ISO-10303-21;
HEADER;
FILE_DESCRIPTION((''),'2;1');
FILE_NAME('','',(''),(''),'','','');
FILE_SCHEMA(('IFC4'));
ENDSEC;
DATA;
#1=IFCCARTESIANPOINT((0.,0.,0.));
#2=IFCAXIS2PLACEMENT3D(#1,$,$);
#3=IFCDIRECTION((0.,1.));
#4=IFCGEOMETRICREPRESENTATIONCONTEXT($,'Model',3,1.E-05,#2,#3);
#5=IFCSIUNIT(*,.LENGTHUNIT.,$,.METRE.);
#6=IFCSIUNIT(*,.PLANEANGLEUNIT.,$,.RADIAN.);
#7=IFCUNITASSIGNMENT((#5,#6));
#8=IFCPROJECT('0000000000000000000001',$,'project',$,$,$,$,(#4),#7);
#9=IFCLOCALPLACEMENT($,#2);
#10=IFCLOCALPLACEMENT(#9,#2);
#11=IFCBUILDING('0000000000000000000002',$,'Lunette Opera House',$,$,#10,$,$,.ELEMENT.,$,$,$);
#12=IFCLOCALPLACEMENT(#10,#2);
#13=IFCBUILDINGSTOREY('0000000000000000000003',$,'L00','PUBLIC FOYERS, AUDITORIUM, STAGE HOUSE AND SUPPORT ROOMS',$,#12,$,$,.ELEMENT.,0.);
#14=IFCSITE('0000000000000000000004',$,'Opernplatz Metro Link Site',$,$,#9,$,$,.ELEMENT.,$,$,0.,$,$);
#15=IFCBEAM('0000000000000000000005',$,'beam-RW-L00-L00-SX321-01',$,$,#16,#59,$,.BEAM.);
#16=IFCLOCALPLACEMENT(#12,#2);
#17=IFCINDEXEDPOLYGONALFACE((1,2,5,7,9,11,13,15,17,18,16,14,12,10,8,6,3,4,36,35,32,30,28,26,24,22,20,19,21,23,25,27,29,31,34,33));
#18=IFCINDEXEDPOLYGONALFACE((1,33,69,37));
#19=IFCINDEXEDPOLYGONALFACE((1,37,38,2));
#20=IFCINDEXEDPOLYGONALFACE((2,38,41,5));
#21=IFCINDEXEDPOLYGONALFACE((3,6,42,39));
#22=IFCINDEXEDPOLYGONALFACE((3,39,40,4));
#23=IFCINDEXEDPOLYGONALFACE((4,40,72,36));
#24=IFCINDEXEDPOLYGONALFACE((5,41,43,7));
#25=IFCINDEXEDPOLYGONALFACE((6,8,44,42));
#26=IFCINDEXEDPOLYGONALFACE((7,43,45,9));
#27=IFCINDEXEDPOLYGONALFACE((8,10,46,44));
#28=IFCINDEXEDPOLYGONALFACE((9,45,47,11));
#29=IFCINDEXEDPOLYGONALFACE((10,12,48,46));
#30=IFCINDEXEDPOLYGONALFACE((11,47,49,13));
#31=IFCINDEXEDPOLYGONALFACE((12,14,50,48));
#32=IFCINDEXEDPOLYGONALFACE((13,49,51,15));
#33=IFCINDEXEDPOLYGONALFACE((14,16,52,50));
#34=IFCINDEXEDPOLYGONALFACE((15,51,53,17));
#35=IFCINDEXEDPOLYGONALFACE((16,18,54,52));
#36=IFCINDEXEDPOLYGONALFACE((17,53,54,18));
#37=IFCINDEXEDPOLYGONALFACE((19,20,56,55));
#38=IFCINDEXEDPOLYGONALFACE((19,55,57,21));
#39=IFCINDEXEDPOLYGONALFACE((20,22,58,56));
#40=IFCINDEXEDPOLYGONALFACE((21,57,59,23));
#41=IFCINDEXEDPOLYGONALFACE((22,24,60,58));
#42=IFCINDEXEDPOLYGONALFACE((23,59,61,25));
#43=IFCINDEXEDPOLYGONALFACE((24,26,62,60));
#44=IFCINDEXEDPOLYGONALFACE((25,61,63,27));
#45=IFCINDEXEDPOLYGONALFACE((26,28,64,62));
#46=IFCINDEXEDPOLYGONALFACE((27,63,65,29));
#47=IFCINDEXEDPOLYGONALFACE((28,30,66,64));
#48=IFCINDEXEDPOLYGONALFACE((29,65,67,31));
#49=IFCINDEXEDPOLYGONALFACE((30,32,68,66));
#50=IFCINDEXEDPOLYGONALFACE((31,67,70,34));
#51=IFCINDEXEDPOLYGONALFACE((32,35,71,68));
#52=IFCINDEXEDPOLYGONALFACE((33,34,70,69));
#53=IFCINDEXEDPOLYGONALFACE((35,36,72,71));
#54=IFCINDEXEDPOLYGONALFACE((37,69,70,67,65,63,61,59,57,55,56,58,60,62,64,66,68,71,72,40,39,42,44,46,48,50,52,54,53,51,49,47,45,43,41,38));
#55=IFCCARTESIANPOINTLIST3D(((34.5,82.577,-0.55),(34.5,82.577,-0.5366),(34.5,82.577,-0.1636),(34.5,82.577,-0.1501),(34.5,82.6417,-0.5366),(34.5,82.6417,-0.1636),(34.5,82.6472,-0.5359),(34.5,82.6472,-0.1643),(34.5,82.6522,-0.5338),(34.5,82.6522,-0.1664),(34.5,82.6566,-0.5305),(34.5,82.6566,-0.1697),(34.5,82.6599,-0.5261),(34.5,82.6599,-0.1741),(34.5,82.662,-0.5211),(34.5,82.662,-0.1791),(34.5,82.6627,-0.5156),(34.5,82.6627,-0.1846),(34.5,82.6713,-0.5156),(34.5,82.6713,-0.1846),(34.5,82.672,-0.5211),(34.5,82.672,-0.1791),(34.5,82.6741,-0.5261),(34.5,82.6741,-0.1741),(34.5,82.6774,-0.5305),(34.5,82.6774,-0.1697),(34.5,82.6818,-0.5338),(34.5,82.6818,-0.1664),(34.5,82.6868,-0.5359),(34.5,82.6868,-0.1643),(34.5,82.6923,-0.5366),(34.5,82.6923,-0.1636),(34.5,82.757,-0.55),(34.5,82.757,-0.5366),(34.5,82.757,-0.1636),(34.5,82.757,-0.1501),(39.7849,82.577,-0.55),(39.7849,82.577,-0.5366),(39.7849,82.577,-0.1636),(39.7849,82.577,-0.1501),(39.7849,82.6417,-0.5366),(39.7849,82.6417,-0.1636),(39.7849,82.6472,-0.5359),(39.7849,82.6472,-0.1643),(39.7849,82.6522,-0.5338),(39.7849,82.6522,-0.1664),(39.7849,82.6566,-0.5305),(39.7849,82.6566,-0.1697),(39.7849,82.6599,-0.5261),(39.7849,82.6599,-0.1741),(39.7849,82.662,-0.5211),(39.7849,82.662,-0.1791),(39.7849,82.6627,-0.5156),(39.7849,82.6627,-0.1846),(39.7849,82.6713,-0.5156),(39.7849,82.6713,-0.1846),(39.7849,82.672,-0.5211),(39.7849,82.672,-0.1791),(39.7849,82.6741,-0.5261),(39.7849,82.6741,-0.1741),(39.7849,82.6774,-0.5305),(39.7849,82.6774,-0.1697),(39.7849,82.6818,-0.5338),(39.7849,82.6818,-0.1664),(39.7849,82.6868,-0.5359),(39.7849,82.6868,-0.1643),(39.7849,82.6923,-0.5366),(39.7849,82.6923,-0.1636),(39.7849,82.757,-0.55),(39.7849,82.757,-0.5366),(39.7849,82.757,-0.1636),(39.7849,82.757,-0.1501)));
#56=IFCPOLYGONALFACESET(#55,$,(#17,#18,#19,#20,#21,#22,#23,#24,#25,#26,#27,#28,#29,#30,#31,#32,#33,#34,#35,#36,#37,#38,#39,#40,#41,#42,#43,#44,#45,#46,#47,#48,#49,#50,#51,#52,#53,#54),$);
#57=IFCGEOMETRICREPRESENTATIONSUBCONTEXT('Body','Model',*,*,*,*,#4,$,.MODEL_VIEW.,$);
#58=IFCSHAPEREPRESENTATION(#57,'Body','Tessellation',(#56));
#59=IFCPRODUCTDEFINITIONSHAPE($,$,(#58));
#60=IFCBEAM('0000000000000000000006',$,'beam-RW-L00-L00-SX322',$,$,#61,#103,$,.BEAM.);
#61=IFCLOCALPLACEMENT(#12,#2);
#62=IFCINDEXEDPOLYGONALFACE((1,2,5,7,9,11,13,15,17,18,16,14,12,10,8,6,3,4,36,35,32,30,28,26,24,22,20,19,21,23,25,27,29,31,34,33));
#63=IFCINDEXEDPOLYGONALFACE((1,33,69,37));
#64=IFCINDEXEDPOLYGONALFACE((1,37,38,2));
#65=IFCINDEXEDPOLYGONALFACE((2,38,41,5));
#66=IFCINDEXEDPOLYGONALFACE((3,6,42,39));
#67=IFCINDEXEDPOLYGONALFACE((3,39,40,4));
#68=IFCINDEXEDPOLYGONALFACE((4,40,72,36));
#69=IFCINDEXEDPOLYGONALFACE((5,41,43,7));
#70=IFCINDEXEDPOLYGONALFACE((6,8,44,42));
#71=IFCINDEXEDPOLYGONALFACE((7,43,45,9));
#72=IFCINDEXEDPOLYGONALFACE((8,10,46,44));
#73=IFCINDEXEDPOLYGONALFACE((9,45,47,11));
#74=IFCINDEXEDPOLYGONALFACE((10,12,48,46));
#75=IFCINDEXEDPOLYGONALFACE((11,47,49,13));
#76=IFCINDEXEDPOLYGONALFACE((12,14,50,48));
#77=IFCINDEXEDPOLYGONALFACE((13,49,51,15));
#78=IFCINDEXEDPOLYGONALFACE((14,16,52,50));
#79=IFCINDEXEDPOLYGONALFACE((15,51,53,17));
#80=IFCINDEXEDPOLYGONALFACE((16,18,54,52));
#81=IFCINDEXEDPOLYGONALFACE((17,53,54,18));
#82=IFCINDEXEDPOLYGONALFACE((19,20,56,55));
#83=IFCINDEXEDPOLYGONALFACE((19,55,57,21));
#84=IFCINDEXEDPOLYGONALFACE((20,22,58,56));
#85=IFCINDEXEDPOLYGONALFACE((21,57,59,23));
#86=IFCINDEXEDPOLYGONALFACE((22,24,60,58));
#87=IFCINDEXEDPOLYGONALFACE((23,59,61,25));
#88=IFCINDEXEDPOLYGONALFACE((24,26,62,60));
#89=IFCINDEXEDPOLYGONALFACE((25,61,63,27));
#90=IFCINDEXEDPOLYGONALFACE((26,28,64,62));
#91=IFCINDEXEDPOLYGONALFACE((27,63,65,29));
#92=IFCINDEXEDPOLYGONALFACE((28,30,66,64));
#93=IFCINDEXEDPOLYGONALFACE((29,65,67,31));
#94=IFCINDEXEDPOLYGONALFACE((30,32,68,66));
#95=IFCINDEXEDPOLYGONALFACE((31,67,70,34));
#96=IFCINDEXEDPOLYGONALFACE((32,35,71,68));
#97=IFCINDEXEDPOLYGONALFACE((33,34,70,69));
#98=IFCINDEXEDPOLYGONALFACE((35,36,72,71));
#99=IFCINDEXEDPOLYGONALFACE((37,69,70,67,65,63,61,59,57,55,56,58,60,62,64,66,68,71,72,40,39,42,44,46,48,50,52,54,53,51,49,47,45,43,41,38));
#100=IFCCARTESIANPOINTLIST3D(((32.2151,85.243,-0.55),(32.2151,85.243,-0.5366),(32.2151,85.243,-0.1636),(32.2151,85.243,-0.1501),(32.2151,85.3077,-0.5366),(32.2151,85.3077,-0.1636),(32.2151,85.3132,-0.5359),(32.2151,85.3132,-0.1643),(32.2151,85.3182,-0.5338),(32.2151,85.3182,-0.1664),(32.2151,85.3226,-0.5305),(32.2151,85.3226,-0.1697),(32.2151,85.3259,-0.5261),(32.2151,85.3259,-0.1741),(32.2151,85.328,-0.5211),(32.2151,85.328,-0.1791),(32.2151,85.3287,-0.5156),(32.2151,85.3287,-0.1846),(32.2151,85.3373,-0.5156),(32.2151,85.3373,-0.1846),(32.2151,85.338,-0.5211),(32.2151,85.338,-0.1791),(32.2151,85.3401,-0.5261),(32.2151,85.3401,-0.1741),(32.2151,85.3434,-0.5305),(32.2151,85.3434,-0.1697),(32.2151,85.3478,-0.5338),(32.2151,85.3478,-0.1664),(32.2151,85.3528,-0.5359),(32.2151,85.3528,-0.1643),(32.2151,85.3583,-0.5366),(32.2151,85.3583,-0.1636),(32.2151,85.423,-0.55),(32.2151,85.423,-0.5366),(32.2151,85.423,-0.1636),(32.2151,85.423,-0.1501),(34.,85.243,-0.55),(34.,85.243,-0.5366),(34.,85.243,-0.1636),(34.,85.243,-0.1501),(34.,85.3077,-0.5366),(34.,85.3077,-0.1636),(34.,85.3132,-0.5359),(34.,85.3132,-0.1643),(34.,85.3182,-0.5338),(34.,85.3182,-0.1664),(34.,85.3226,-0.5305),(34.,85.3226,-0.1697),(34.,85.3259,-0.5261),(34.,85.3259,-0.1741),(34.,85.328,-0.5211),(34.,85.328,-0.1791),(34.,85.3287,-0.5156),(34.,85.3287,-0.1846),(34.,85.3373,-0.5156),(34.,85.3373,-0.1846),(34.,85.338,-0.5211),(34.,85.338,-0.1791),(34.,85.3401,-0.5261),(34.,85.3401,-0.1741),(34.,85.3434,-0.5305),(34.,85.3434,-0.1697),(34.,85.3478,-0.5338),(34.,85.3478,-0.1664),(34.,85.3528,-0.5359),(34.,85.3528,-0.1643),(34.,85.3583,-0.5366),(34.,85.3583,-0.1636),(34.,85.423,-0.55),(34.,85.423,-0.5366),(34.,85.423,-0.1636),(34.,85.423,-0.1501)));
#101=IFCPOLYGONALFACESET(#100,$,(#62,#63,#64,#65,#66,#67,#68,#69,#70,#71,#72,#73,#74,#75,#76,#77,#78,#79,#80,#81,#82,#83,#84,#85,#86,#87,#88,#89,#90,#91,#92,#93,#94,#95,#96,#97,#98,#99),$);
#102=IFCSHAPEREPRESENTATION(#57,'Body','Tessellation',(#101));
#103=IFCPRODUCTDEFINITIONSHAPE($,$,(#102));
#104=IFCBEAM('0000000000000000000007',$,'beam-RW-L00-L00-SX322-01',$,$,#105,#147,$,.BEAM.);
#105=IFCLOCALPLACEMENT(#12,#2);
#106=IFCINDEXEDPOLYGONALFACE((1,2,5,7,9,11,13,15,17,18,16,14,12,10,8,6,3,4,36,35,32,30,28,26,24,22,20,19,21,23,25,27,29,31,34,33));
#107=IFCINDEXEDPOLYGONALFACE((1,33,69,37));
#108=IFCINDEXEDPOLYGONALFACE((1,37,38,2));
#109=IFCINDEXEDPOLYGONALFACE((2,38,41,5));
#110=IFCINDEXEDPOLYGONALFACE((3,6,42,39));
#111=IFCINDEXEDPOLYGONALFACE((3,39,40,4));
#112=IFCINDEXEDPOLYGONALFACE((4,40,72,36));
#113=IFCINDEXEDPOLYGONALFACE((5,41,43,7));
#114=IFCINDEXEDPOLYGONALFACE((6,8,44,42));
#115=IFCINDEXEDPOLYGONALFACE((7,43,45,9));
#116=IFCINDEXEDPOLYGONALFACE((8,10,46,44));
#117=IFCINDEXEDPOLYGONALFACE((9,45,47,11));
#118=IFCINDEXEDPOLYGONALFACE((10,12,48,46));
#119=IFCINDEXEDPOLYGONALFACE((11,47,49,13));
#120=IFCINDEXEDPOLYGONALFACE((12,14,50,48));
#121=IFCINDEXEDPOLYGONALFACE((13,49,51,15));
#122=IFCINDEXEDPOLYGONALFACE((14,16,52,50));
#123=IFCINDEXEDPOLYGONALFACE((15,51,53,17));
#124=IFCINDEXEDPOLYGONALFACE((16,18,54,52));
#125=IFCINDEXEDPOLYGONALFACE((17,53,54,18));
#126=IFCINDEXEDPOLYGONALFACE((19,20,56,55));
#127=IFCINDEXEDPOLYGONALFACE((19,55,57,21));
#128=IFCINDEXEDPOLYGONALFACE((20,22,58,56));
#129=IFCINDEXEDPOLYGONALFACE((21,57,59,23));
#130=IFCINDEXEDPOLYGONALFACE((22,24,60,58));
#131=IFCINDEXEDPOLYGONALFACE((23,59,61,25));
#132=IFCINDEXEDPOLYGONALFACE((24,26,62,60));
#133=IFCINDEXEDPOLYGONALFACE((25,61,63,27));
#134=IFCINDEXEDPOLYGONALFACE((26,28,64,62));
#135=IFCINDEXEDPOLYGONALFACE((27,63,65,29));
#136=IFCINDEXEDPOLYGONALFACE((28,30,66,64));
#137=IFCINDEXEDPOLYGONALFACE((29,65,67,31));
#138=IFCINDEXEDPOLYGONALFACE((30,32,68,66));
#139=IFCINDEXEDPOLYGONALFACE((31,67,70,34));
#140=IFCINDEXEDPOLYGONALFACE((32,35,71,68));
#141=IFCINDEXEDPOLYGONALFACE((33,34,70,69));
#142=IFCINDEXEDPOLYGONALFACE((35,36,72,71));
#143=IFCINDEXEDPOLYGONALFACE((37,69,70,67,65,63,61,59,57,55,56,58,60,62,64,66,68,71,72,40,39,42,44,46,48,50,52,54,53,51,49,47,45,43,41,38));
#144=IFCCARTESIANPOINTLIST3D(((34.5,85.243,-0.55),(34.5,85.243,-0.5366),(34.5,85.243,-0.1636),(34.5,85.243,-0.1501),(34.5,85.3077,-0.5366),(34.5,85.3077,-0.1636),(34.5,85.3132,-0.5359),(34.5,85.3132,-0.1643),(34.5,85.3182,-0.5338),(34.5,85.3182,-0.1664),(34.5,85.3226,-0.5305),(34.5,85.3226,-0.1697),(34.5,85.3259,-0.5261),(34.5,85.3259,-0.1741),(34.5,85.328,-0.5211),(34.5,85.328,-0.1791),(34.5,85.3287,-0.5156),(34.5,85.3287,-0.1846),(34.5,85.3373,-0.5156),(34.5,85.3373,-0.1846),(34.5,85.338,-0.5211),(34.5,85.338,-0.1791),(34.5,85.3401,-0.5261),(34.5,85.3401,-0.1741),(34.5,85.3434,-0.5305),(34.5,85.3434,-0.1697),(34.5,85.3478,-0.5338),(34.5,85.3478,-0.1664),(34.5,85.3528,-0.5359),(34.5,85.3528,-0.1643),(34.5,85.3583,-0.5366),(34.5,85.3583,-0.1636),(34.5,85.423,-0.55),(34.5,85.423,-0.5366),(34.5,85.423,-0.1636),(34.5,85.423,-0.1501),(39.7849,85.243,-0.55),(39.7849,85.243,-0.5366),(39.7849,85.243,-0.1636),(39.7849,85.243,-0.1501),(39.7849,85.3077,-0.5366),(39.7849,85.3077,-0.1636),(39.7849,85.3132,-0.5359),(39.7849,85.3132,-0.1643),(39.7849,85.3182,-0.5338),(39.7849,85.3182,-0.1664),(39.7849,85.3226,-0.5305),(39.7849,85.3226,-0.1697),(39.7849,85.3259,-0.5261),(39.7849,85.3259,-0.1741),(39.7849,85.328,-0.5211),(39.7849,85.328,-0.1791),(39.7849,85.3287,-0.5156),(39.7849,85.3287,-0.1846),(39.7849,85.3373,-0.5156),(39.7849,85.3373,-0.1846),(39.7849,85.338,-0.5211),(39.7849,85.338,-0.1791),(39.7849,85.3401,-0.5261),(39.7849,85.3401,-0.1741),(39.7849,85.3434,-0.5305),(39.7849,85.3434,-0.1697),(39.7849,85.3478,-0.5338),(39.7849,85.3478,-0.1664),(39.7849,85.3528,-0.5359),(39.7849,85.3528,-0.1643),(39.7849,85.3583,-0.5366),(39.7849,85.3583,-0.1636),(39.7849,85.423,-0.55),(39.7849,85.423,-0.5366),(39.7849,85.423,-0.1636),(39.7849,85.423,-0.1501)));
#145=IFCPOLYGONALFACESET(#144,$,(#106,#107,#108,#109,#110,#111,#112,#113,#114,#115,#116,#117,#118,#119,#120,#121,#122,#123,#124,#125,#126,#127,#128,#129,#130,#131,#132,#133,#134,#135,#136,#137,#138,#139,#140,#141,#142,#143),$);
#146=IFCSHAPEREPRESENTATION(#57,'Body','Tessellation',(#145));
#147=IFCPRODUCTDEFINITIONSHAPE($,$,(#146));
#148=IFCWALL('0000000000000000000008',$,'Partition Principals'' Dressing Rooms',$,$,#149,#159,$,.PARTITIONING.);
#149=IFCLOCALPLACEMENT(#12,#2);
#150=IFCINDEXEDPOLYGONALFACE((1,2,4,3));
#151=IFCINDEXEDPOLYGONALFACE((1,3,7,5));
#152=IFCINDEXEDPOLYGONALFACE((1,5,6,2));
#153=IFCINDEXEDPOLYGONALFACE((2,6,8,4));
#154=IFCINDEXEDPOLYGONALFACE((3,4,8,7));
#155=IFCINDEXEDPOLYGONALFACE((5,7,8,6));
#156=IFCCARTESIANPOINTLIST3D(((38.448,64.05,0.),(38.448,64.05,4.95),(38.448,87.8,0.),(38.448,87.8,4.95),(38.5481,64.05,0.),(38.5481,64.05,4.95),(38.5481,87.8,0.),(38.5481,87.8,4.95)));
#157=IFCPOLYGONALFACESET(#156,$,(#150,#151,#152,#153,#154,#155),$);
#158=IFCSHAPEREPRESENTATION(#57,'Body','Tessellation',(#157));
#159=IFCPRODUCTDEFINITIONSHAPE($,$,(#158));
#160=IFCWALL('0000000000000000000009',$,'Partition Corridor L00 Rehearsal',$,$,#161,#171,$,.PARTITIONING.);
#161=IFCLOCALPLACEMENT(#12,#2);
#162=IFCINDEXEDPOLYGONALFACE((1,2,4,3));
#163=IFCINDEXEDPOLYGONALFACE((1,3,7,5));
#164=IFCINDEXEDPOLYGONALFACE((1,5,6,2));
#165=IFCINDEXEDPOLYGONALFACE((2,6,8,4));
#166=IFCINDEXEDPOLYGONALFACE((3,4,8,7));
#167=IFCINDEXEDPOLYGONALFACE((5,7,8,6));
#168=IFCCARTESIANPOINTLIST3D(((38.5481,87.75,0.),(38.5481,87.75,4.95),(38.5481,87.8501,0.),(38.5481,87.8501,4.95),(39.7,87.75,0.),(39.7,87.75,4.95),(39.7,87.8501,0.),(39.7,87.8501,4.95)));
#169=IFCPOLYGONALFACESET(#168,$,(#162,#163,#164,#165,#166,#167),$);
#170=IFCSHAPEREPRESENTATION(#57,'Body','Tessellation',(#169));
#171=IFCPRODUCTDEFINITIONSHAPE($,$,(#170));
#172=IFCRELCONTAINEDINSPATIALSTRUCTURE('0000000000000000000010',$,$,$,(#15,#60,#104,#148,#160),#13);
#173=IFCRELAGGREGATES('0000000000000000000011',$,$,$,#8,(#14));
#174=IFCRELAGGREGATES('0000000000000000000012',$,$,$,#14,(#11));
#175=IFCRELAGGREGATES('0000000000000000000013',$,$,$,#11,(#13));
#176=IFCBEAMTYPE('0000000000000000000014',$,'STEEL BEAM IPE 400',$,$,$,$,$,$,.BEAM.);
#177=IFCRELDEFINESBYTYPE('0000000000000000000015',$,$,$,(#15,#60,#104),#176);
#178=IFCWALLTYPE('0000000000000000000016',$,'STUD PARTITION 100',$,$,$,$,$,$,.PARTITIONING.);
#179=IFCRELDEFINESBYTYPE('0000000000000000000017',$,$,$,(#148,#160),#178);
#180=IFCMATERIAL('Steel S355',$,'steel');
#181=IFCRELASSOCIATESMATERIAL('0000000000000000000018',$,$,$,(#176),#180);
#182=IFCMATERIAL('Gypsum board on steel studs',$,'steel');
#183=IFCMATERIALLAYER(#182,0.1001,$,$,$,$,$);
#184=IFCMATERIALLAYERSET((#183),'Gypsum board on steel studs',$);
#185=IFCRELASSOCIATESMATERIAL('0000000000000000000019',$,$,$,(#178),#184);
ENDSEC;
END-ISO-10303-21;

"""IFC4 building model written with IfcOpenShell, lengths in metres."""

from ifc_helpers import new_model, si_unit, direction, frame, frame_2d, origin, origin_2d, place, context, subcontext, project, spatial, rectangle, i_section, extrude, material, layer, layer_set, material_profile, profile_set, type_object, element, save


model = new_model("IFC4")

# Units and contexts
model_context = context("Model", 3, precision=1e-05, world=origin(), true_north=direction((0.0, 1.0)))
body_context = subcontext(model_context, "Body", "Model", "MODEL_VIEW")
ifc_project = project(units=[si_unit("LENGTHUNIT", "METRE"), si_unit("PLANEANGLEUNIT", "RADIAN")], contexts=[model_context])

# Site, building, storey
site_placement = place(None, origin())
site = spatial("IfcSite", under=ifc_project, at=site_placement, Name="Opernplatz Metro Link Site", CompositionType="ELEMENT", RefElevation=0.0)
building_placement = place(site_placement, origin())
building = spatial("IfcBuilding", under=site, at=building_placement, Name="Lunette Opera House", CompositionType="ELEMENT")
storey_placement = place(building_placement, origin())
storey = spatial("IfcBuildingStorey", under=building, at=storey_placement, Name="L00", Description="PUBLIC FOYERS, AUDITORIUM, STAGE HOUSE AND SUPPORT ROOMS", CompositionType="ELEMENT", Elevation=0.0)

# Beams
ifc_material_1 = material(Name="Steel S355", Category="steel")
ifc_material_profile_1 = material_profile(ifc_material_1, i_section(OverallWidth=0.1799, OverallDepth=0.3999, WebThickness=0.0085, FlangeThickness=0.0134, FilletRadius=0.021, at=origin_2d()), Name="IPE 400")
ifc_profile_set_1 = profile_set([ifc_material_profile_1], Name="Steel S355")
beam_type_1 = type_object("IfcBeamType", Name="STEEL BEAM IPE 400", PredefinedType="BEAM", material=ifc_profile_set_1)
beam_1_placement = place(storey_placement, frame((34.5, 82.667, -0.3501), z_axis=(1.0, 0.0, 0.0), x_axis=(0.0, 1.0, 0.0)))
element("IfcBeam", 1, at=beam_1_placement, inside=storey, type_object=beam_type_1, Name="beam-RW-L00-L00-SX321-01", PredefinedType="BEAM", context=body_context, shape_type="SweptSolid", body=[
    extrude(i_section(OverallWidth=0.1799, OverallDepth=0.3999, WebThickness=0.0085, FlangeThickness=0.0134, FilletRadius=0.021, at=origin_2d()), origin(), (0.0, 0.0, 1.0), 5.2849),
])
beam_2_placement = place(storey_placement, frame((32.2151, 85.333, -0.3501), z_axis=(1.0, 0.0, 0.0), x_axis=(0.0, 1.0, 0.0)))
element("IfcBeam", 2, at=beam_2_placement, inside=storey, type_object=beam_type_1, Name="beam-RW-L00-L00-SX322", PredefinedType="BEAM", context=body_context, shape_type="SweptSolid", body=[
    extrude(i_section(OverallWidth=0.1799, OverallDepth=0.3999, WebThickness=0.0085, FlangeThickness=0.0134, FilletRadius=0.021, at=origin_2d()), origin(), (0.0, 0.0, 1.0), 1.7849),
])
beam_3_placement = place(storey_placement, frame((34.5, 85.333, -0.3501), z_axis=(1.0, 0.0, 0.0), x_axis=(0.0, 1.0, 0.0)))
element("IfcBeam", 3, at=beam_3_placement, inside=storey, type_object=beam_type_1, Name="beam-RW-L00-L00-SX322-01", PredefinedType="BEAM", context=body_context, shape_type="SweptSolid", body=[
    extrude(i_section(OverallWidth=0.1799, OverallDepth=0.3999, WebThickness=0.0085, FlangeThickness=0.0134, FilletRadius=0.021, at=origin_2d()), origin(), (0.0, 0.0, 1.0), 5.2849),
])

# Walls
ifc_material_2 = material(Name="Gypsum board on steel studs", Category="steel")
ifc_layer = layer(ifc_material_2, 0.1001)
ifc_layer_set = layer_set([ifc_layer], Name="Gypsum board on steel studs")
wall_type = type_object("IfcWallType", Name="STUD PARTITION 100", PredefinedType="PARTITIONING", material=ifc_layer_set)
wall_1_placement = place(storey_placement, frame((38.498, 87.8, 0.0), z_axis=(0.0, 0.0, 1.0), x_axis=(0.0, -1.0, 0.0)))
element("IfcWall", 4, at=wall_1_placement, inside=storey, type_object=wall_type, Name="Partition Principals' Dressing Rooms", PredefinedType="PARTITIONING", context=body_context, shape_type="SweptSolid", body=[
    extrude(rectangle(XDim=23.75, YDim=0.1001, at=frame_2d((11.875, 0.0))), origin(), (0.0, 0.0, 1.0), 4.95),
])
wall_2_placement = place(storey_placement, frame((38.5481, 87.8, 0.0), z_axis=(0.0, 0.0, 1.0), x_axis=(1.0, 0.0, 0.0)))
element("IfcWall", 5, at=wall_2_placement, inside=storey, type_object=wall_type, Name="Partition Corridor L00 Rehearsal", PredefinedType="PARTITIONING", context=body_context, shape_type="SweptSolid", body=[
    extrude(rectangle(XDim=1.1519, YDim=0.1001, at=frame_2d((0.5759, 0.0))), origin(), (0.0, 0.0, 1.0), 4.95),
])

save(model, "model.ifc")
